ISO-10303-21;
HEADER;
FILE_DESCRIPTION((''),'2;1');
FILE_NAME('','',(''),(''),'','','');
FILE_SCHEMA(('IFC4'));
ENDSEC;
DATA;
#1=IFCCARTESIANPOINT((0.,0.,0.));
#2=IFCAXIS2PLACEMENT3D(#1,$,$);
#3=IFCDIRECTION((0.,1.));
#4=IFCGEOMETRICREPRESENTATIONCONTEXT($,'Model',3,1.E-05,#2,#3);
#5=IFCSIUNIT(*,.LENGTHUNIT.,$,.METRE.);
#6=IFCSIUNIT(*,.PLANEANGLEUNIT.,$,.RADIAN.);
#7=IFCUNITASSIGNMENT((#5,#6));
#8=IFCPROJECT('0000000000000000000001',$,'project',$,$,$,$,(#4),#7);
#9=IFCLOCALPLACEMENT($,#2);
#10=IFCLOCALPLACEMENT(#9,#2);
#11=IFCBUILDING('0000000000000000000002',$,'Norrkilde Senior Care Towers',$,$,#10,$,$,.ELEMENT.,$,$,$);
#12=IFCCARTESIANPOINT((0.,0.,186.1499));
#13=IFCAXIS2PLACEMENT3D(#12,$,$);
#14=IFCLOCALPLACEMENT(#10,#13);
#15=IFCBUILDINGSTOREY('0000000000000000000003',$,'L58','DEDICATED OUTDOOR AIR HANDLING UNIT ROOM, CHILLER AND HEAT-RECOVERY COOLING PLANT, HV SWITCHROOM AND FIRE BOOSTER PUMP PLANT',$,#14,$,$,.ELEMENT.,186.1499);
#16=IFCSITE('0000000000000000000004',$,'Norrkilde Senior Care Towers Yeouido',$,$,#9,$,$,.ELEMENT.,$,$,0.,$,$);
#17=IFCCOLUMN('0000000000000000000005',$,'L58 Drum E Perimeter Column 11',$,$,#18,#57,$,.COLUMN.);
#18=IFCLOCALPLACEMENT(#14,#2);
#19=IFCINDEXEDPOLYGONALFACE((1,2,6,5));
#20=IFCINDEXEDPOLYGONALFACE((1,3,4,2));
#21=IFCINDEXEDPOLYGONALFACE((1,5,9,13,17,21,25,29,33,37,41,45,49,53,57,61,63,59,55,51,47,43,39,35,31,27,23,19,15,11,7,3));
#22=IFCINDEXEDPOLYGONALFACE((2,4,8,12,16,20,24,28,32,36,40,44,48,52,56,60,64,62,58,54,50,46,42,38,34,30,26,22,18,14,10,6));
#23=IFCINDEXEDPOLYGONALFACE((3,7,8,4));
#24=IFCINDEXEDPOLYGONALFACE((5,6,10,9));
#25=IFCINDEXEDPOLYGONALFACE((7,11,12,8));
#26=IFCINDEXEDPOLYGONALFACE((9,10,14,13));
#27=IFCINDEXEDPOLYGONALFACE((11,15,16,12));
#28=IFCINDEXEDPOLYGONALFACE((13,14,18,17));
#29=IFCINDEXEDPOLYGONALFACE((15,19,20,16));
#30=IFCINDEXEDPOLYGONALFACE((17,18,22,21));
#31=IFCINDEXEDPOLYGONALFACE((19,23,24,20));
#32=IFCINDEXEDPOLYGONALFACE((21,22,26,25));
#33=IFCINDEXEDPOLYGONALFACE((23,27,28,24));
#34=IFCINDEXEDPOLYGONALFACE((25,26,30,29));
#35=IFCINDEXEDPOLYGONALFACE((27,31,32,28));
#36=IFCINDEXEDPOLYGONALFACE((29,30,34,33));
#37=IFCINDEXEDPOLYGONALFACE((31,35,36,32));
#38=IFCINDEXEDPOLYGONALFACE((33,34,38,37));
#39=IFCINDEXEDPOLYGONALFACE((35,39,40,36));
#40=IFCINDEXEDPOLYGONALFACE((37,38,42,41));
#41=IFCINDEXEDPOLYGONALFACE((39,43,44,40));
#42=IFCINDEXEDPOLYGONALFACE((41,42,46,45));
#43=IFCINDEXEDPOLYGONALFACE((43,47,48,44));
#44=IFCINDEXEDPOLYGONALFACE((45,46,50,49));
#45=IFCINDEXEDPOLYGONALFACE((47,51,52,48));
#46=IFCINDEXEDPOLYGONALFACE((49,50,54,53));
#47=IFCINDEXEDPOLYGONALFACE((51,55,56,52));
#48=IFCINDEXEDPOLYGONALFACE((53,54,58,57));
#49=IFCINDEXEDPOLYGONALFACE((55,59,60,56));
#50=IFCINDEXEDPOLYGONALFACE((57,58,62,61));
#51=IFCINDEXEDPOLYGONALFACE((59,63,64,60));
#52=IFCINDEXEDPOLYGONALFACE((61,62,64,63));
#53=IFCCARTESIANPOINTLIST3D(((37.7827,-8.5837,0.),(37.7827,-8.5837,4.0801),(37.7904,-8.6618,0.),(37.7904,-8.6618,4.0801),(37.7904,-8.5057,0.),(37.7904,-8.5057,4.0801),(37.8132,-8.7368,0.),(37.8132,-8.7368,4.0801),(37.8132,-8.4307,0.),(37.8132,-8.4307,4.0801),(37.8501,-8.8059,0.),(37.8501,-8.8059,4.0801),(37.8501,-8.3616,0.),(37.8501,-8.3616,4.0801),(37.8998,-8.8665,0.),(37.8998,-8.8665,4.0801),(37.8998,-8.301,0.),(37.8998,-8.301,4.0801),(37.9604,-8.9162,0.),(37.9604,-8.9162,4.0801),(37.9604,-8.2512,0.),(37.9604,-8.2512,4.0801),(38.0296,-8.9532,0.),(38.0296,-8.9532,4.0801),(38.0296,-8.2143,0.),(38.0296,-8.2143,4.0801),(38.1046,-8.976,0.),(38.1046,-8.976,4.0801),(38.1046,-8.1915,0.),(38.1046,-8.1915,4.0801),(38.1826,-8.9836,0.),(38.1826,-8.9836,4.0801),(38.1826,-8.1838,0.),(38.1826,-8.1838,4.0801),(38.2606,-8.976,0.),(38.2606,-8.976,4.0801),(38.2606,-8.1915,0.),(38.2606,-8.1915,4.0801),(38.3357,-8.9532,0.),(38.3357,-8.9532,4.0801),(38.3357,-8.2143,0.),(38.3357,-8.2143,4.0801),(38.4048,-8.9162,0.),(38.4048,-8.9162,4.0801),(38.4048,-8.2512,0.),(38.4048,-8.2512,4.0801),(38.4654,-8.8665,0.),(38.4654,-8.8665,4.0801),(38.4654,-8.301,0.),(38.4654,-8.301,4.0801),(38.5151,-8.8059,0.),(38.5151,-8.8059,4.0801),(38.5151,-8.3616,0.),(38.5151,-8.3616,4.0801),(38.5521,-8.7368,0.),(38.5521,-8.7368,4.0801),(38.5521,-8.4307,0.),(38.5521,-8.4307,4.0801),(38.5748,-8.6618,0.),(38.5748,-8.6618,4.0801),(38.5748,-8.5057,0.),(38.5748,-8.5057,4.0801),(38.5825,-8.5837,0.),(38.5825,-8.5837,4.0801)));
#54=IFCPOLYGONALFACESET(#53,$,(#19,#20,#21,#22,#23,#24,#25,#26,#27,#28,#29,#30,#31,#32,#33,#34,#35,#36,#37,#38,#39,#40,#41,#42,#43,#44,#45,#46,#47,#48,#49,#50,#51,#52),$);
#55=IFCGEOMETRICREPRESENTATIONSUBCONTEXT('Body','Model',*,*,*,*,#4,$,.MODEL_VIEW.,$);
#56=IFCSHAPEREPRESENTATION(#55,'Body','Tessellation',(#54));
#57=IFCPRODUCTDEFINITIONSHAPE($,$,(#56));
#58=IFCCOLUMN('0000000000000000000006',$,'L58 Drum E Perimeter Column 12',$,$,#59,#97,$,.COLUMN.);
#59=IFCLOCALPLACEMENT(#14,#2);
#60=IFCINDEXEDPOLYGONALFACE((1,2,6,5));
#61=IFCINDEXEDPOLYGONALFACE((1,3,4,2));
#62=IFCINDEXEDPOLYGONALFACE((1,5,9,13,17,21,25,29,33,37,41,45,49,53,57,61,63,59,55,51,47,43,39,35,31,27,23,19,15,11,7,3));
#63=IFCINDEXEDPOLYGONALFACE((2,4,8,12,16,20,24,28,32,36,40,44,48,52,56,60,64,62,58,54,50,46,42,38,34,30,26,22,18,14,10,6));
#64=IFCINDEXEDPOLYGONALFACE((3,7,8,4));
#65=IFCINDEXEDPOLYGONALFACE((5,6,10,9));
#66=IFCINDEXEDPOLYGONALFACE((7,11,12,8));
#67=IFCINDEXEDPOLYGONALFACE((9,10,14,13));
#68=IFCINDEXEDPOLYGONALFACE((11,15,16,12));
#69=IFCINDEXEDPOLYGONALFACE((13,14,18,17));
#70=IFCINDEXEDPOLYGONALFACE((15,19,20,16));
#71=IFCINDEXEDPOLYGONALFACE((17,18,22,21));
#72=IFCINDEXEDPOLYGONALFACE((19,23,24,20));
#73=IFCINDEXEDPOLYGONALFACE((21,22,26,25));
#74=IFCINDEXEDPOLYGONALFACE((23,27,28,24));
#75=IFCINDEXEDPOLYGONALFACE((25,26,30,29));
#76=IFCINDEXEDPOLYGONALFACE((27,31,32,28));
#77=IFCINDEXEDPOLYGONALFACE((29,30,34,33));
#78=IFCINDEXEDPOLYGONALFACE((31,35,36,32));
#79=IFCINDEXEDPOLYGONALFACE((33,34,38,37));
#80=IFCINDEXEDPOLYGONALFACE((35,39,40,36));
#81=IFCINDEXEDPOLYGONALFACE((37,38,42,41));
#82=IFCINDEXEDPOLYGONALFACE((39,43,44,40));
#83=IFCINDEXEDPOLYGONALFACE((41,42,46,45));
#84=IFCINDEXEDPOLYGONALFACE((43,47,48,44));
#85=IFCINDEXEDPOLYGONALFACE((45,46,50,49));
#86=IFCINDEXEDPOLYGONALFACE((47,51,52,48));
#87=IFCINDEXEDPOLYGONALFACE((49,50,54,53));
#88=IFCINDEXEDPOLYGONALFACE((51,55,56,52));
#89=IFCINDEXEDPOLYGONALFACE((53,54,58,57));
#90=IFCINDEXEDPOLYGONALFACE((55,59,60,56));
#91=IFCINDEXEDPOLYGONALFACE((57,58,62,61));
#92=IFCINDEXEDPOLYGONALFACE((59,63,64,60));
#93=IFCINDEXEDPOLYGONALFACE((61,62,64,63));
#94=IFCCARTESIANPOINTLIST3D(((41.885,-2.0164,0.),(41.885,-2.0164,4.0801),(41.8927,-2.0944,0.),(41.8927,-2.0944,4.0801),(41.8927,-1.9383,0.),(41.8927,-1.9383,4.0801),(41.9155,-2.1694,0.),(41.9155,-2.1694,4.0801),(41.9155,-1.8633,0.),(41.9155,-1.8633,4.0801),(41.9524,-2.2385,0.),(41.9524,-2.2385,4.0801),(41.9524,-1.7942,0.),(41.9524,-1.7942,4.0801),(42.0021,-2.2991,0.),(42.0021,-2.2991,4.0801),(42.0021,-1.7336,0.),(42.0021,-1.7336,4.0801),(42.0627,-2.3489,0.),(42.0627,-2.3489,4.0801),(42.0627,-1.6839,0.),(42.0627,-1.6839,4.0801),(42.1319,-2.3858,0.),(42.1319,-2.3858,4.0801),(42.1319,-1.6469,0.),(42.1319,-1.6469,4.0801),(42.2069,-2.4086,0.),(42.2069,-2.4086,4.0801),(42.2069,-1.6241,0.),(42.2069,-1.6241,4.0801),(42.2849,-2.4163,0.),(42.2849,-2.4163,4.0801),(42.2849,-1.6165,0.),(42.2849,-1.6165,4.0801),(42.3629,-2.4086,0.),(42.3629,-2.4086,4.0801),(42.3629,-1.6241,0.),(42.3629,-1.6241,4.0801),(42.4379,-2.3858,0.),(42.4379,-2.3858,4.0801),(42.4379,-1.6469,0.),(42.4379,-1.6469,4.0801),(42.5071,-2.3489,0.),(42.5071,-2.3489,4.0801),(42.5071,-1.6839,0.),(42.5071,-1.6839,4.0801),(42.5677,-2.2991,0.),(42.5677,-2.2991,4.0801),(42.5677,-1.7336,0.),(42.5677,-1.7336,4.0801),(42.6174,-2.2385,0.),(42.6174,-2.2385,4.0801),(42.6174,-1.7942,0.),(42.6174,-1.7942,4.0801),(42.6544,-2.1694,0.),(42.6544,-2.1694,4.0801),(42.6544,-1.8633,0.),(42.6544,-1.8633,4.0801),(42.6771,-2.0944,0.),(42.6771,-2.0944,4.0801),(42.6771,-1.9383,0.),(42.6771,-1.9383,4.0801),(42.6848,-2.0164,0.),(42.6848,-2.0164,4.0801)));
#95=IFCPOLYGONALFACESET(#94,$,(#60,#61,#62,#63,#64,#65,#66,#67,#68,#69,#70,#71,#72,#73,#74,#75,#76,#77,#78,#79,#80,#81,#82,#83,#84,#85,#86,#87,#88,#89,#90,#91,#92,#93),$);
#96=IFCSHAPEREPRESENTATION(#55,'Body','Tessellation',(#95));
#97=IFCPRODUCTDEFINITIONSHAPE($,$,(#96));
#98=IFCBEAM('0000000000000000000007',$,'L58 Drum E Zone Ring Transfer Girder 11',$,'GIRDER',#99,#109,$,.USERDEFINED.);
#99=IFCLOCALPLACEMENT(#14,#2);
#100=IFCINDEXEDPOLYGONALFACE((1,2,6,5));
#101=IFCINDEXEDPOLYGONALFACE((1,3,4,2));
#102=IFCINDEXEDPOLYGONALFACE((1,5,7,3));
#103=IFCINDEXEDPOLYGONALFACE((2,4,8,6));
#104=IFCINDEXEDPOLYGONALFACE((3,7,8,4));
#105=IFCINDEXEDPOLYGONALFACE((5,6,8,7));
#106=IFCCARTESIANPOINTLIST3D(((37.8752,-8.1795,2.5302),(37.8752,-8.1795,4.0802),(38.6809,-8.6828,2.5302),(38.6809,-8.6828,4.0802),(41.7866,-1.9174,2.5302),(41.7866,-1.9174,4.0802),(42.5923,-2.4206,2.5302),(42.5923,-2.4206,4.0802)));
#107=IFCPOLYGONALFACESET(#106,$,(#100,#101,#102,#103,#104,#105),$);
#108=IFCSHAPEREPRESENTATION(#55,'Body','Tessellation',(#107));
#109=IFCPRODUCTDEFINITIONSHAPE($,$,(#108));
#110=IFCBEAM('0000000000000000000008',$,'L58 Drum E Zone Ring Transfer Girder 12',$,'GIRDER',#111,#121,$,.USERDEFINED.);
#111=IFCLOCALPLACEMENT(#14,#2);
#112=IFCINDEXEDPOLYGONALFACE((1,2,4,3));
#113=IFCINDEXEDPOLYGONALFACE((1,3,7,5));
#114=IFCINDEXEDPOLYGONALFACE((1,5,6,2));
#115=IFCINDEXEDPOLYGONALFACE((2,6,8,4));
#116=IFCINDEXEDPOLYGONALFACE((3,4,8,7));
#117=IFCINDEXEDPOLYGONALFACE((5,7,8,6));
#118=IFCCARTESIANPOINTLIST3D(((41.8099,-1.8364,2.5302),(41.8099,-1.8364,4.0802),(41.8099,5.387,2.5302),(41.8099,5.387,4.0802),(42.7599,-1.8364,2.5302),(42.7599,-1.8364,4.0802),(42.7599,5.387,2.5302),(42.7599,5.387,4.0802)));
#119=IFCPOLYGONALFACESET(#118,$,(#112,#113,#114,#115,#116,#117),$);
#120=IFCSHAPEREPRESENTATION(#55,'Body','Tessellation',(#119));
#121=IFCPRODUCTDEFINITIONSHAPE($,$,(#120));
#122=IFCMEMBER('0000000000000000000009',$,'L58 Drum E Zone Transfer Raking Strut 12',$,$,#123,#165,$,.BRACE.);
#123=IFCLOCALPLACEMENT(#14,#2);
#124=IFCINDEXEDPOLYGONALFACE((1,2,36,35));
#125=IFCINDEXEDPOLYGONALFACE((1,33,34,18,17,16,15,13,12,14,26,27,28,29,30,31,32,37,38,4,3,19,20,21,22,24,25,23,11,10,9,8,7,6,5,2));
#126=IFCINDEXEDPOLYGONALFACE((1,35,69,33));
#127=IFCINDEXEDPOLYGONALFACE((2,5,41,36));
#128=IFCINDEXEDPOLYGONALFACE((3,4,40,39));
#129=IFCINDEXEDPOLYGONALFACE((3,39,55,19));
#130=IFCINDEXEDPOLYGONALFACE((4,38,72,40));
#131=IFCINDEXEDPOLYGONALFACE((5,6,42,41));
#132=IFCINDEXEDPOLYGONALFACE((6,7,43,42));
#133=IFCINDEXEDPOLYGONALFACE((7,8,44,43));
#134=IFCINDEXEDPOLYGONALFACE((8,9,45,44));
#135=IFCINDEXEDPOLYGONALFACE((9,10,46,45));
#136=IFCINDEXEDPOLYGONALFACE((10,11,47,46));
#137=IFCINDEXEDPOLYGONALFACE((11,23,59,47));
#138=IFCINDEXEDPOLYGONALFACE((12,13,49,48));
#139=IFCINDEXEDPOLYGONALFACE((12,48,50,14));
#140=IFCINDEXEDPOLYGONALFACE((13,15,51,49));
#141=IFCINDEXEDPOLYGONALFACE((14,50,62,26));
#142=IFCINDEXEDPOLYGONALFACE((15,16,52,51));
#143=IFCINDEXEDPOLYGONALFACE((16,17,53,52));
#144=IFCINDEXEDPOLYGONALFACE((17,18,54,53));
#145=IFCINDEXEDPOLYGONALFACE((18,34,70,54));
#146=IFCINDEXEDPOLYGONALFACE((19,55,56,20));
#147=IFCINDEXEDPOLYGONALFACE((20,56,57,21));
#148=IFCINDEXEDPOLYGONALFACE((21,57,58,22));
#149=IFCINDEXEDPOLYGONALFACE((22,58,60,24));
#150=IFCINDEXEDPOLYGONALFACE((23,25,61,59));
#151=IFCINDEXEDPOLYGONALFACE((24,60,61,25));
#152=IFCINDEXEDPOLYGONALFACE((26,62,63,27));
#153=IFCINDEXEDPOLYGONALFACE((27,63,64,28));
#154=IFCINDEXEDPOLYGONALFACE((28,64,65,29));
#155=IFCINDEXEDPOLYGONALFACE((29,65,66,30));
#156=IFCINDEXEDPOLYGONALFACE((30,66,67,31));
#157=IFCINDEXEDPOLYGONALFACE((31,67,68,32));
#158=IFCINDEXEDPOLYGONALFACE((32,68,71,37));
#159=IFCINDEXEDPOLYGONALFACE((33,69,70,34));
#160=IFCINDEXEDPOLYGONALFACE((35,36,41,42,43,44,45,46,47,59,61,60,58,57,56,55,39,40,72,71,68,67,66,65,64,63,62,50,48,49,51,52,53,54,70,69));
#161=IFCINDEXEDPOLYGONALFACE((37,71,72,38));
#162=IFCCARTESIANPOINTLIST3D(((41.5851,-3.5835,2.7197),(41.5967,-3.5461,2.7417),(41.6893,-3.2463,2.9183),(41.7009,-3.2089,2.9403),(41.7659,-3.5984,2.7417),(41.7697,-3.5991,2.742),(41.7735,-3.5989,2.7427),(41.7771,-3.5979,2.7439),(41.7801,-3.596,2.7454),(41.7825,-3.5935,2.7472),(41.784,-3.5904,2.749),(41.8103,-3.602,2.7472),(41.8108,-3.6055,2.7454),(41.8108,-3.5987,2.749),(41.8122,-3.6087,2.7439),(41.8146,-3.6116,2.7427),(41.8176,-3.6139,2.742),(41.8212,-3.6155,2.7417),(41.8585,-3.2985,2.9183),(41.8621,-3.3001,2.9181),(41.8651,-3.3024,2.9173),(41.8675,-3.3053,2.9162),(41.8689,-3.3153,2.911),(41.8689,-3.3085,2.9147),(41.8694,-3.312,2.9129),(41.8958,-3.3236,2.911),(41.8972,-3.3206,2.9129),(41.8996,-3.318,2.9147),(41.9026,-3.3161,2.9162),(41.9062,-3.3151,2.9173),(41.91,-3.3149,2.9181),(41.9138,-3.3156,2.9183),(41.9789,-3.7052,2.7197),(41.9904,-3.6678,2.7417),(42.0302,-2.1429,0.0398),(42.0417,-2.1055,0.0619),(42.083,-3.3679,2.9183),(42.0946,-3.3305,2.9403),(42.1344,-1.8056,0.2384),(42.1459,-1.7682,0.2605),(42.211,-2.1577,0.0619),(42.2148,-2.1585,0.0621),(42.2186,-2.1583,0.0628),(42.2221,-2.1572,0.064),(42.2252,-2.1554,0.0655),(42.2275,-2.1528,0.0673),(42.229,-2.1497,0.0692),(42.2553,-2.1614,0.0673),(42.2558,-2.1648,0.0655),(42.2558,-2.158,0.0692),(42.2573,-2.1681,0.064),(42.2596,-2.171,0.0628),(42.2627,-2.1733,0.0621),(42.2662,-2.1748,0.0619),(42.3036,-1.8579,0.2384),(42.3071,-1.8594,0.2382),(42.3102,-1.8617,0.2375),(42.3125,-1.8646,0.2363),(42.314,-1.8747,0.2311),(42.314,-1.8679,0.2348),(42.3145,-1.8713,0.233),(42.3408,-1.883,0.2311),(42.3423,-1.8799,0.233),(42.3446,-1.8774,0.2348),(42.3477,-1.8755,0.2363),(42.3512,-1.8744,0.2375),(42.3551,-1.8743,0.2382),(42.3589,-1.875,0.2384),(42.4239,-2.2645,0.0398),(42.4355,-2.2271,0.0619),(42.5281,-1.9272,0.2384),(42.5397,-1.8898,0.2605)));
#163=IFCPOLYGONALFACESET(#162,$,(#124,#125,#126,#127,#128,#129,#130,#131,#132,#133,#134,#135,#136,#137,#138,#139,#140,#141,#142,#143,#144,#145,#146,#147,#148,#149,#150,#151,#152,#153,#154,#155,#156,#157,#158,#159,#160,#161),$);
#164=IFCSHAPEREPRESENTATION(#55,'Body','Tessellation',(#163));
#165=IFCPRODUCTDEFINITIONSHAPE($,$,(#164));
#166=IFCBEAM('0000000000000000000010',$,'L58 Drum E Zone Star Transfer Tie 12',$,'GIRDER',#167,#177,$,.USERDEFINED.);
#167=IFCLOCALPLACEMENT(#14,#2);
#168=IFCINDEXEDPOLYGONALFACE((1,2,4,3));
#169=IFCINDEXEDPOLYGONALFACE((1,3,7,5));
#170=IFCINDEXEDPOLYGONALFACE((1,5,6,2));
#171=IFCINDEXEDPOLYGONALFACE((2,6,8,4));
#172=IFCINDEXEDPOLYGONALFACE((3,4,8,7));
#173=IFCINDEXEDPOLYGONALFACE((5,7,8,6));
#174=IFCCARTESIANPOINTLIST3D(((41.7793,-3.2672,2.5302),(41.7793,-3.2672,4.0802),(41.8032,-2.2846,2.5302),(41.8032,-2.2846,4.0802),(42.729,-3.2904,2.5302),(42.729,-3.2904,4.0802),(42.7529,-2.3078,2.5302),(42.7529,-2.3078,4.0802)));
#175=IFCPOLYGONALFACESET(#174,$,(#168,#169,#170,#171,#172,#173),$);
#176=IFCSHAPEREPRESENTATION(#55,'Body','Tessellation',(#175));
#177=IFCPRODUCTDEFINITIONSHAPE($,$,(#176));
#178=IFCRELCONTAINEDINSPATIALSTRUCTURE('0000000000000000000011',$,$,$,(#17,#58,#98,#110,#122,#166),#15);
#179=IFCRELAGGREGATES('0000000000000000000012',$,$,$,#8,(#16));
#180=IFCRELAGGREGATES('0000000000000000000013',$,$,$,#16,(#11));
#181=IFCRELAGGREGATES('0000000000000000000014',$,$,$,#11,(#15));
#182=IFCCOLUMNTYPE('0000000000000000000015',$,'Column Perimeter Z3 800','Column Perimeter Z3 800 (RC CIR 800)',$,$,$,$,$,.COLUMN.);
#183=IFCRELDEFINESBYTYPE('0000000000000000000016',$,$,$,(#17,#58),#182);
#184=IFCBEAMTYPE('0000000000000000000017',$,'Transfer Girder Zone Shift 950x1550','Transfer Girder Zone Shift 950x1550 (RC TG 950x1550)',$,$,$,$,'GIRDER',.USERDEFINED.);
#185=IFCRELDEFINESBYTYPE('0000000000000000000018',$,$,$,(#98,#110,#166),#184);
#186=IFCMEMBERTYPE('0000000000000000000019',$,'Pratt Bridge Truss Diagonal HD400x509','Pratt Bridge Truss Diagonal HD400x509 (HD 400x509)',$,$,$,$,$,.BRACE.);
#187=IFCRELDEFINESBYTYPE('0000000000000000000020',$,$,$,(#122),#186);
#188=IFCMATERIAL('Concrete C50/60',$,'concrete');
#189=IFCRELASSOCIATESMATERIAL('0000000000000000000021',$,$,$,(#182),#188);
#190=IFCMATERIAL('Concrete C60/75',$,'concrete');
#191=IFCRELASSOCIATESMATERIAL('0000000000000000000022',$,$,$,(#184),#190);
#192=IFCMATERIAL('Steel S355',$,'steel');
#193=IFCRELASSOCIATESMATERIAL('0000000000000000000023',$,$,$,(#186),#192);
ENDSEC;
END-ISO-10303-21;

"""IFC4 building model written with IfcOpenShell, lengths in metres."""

from ifc_helpers import new_model, si_unit, direction, frame, origin, origin_2d, place, context, subcontext, project, spatial, rectangle, circle, i_section, extrude, source, transform, mapped, material, material_profile, profile_set, type_object, type_shapes, element, save


model = new_model("IFC4")

# Units and contexts
model_context = context("Model", 3, precision=1e-05, world=origin(), true_north=direction((0.0, 1.0)))
body_context = subcontext(model_context, "Body", "Model", "MODEL_VIEW")
ifc_project = project(units=[si_unit("LENGTHUNIT", "METRE"), si_unit("PLANEANGLEUNIT", "RADIAN")], contexts=[model_context])

# Site, building, storey
site_placement = place(None, origin())
site = spatial("IfcSite", under=ifc_project, at=site_placement, Name="Norrkilde Senior Care Towers Yeouido", CompositionType="ELEMENT", RefElevation=0.0)
building_placement = place(site_placement, origin())
building = spatial("IfcBuilding", under=site, at=building_placement, Name="Norrkilde Senior Care Towers", CompositionType="ELEMENT")
storey_placement = place(building_placement, frame((0.0, 0.0, 186.1499)))
storey = spatial("IfcBuildingStorey", under=building, at=storey_placement, Name="L58", Description="DEDICATED OUTDOOR AIR HANDLING UNIT ROOM, CHILLER AND HEAT-RECOVERY COOLING PLANT, HV SWITCHROOM AND FIRE BOOSTER PUMP PLANT", CompositionType="ELEMENT", Elevation=186.1499)

# Columns
ifc_material_1 = material(Name="Concrete C50/60", Category="concrete")
ifc_material_profile_1 = material_profile(ifc_material_1, circle(Radius=0.3999, at=origin_2d()), Name="RC CIR 800")
ifc_profile_set_1 = profile_set([ifc_material_profile_1], Name="Concrete C50/60")
column_type = type_object("IfcColumnType", Name="Column Perimeter Z3 800", Description="Column Perimeter Z3 800 (RC CIR 800)", PredefinedType="COLUMN", material=ifc_profile_set_1)
shared_shape_1 = source(origin(), body_context, "Body", "SweptSolid", [
    extrude(circle(Radius=0.3999, at=origin_2d()), origin(), (0.0, 0.0, 1.0), 4.0801),
])
type_shapes(column_type, [shared_shape_1])
for number, where, z_axis, x_axis, name in (
    (1, (38.1826, -8.5837, 0.0), (0.0, 0.0, 1.0), (1.0, 0.0, 0.0), "L58 Drum E Perimeter Column 11"),
    (2, (42.2849, -2.0164, 0.0), (0.0, 0.0, 1.0), (1.0, 0.0, 0.0), "L58 Drum E Perimeter Column 12"),
):
    element("IfcColumn", number, at=place(storey_placement, frame(where, z_axis=z_axis, x_axis=x_axis)), inside=storey, type_object=column_type, Name=name, PredefinedType="COLUMN", context=body_context, shape_type="MappedRepresentation", body=[
        mapped(shared_shape_1, transform((0.0, 0.0, 0.0), x_axis=(1.0, 0.0, 0.0), y_axis=(0.0, 1.0, 0.0), z_axis=(0.0, 0.0, 1.0), scale=1.0)),
    ])

# Beams
ifc_material_2 = material(Name="Concrete C60/75", Category="concrete")
ifc_material_profile_2 = material_profile(ifc_material_2, rectangle(XDim=0.95, YDim=1.55, at=origin_2d()), Name="RC TG 950x1550")
ifc_profile_set_2 = profile_set([ifc_material_profile_2], Name="Concrete C60/75")
beam_type = type_object("IfcBeamType", Name="Transfer Girder Zone Shift 950x1550", Description="Transfer Girder Zone Shift 950x1550 (RC TG 950x1550)", ElementType="GIRDER", PredefinedType="USERDEFINED", material=ifc_profile_set_2)
shared_shape_2 = source(origin(), body_context, "Body", "SweptSolid", [
    extrude(rectangle(XDim=0.95, YDim=1.55, at=origin_2d()), origin(), (0.0, 0.0, 1.0), 7.3833),
])
beam_1_placement = place(storey_placement, frame((38.2781, -8.4312, 3.3052), z_axis=(0.529755, 0.848151, 0.0), x_axis=(-0.848151, 0.529755, 0.0)))
element("IfcBeam", 3, at=beam_1_placement, inside=storey, type_object=beam_type, Name="L58 Drum E Zone Ring Transfer Girder 11", ObjectType="GIRDER", PredefinedType="USERDEFINED", context=body_context, shape_type="MappedRepresentation", body=[
    mapped(shared_shape_2, transform((0.0, 0.0, 0.0), x_axis=(1.0, 0.0, 0.0), y_axis=(0.0, 1.0, 0.0), z_axis=(0.0, 0.0, 1.0), scale=1.0)),
])
shared_shape_3 = source(origin(), body_context, "Body", "SweptSolid", [
    extrude(rectangle(XDim=0.95, YDim=1.55, at=origin_2d()), origin(), (0.0, 0.0, 1.0), 7.2234),
])
beam_2_placement = place(storey_placement, frame((42.2849, -1.8364, 3.3052), z_axis=(0.0, 1.0, 0.0), x_axis=(-1.0, 0.0, 0.0)))
element("IfcBeam", 4, at=beam_2_placement, inside=storey, type_object=beam_type, Name="L58 Drum E Zone Ring Transfer Girder 12", ObjectType="GIRDER", PredefinedType="USERDEFINED", context=body_context, shape_type="MappedRepresentation", body=[
    mapped(shared_shape_3, transform((0.0, 0.0, 0.0), x_axis=(1.0, 0.0, 0.0), y_axis=(0.0, 1.0, 0.0), z_axis=(0.0, 0.0, 1.0), scale=1.0)),
])

# Member
ifc_material_3 = material(Name="Steel S355", Category="steel")
ifc_material_profile_3 = material_profile(ifc_material_3, i_section(OverallWidth=0.4121, OverallDepth=0.45, WebThickness=0.0281, FlangeThickness=0.0449, FilletRadius=0.0149, at=origin_2d()), Name="HD 400x509")
ifc_profile_set_3 = profile_set([ifc_material_profile_3], Name="Steel S355")
member_type_1 = type_object("IfcMemberType", Name="Pratt Bridge Truss Diagonal HD400x509", Description="Pratt Bridge Truss Diagonal HD400x509 (HD 400x509)", PredefinedType="BRACE", material=ifc_profile_set_3)
shared_shape_4 = source(origin(), body_context, "Body", "SweptSolid", [
    extrude(i_section(OverallWidth=0.4121, OverallDepth=0.45, WebThickness=0.0281, FlangeThickness=0.0449, FilletRadius=0.0149, at=origin_2d()), origin(), (0.0, 0.0, 1.0), 3.075),
])
member_1_placement = place(storey_placement, frame((42.2849, -2.0164, 0.1501), z_axis=(-0.144737, -0.468511, 0.871521), x_axis=(0.955446, -0.295167, 0.0)))
element("IfcMember", 5, at=member_1_placement, inside=storey, type_object=member_type_1, Name="L58 Drum E Zone Transfer Raking Strut 12", PredefinedType="BRACE", context=body_context, shape_type="MappedRepresentation", body=[
    mapped(shared_shape_4, transform((0.0, 0.0, 0.0), x_axis=(1.0, 0.0, 0.0), y_axis=(0.0, 1.0, 0.0), z_axis=(0.0, 0.0, 1.0), scale=1.0)),
])

# Beam
shared_shape_5 = source(origin(), body_context, "Body", "SweptSolid", [
    extrude(rectangle(XDim=0.95, YDim=1.55, at=origin_2d()), origin(), (0.0, 0.0, 1.0), 0.9829),
])
type_shapes(beam_type, [shared_shape_2, shared_shape_3, shared_shape_5])
beam_3_placement = place(storey_placement, frame((42.2542, -3.2788, 3.3052), z_axis=(0.024341, 0.999704, 0.0), x_axis=(-0.999704, 0.024341, 0.0)))
element("IfcBeam", 6, at=beam_3_placement, inside=storey, type_object=beam_type, Name="L58 Drum E Zone Star Transfer Tie 12", ObjectType="GIRDER", PredefinedType="USERDEFINED", context=body_context, shape_type="MappedRepresentation", body=[
    mapped(shared_shape_5, transform((0.0, 0.0, 0.0), x_axis=(1.0, 0.0, 0.0), y_axis=(0.0, 1.0, 0.0), z_axis=(0.0, 0.0, 1.0), scale=1.0)),
])

save(model, "model.ifc")
